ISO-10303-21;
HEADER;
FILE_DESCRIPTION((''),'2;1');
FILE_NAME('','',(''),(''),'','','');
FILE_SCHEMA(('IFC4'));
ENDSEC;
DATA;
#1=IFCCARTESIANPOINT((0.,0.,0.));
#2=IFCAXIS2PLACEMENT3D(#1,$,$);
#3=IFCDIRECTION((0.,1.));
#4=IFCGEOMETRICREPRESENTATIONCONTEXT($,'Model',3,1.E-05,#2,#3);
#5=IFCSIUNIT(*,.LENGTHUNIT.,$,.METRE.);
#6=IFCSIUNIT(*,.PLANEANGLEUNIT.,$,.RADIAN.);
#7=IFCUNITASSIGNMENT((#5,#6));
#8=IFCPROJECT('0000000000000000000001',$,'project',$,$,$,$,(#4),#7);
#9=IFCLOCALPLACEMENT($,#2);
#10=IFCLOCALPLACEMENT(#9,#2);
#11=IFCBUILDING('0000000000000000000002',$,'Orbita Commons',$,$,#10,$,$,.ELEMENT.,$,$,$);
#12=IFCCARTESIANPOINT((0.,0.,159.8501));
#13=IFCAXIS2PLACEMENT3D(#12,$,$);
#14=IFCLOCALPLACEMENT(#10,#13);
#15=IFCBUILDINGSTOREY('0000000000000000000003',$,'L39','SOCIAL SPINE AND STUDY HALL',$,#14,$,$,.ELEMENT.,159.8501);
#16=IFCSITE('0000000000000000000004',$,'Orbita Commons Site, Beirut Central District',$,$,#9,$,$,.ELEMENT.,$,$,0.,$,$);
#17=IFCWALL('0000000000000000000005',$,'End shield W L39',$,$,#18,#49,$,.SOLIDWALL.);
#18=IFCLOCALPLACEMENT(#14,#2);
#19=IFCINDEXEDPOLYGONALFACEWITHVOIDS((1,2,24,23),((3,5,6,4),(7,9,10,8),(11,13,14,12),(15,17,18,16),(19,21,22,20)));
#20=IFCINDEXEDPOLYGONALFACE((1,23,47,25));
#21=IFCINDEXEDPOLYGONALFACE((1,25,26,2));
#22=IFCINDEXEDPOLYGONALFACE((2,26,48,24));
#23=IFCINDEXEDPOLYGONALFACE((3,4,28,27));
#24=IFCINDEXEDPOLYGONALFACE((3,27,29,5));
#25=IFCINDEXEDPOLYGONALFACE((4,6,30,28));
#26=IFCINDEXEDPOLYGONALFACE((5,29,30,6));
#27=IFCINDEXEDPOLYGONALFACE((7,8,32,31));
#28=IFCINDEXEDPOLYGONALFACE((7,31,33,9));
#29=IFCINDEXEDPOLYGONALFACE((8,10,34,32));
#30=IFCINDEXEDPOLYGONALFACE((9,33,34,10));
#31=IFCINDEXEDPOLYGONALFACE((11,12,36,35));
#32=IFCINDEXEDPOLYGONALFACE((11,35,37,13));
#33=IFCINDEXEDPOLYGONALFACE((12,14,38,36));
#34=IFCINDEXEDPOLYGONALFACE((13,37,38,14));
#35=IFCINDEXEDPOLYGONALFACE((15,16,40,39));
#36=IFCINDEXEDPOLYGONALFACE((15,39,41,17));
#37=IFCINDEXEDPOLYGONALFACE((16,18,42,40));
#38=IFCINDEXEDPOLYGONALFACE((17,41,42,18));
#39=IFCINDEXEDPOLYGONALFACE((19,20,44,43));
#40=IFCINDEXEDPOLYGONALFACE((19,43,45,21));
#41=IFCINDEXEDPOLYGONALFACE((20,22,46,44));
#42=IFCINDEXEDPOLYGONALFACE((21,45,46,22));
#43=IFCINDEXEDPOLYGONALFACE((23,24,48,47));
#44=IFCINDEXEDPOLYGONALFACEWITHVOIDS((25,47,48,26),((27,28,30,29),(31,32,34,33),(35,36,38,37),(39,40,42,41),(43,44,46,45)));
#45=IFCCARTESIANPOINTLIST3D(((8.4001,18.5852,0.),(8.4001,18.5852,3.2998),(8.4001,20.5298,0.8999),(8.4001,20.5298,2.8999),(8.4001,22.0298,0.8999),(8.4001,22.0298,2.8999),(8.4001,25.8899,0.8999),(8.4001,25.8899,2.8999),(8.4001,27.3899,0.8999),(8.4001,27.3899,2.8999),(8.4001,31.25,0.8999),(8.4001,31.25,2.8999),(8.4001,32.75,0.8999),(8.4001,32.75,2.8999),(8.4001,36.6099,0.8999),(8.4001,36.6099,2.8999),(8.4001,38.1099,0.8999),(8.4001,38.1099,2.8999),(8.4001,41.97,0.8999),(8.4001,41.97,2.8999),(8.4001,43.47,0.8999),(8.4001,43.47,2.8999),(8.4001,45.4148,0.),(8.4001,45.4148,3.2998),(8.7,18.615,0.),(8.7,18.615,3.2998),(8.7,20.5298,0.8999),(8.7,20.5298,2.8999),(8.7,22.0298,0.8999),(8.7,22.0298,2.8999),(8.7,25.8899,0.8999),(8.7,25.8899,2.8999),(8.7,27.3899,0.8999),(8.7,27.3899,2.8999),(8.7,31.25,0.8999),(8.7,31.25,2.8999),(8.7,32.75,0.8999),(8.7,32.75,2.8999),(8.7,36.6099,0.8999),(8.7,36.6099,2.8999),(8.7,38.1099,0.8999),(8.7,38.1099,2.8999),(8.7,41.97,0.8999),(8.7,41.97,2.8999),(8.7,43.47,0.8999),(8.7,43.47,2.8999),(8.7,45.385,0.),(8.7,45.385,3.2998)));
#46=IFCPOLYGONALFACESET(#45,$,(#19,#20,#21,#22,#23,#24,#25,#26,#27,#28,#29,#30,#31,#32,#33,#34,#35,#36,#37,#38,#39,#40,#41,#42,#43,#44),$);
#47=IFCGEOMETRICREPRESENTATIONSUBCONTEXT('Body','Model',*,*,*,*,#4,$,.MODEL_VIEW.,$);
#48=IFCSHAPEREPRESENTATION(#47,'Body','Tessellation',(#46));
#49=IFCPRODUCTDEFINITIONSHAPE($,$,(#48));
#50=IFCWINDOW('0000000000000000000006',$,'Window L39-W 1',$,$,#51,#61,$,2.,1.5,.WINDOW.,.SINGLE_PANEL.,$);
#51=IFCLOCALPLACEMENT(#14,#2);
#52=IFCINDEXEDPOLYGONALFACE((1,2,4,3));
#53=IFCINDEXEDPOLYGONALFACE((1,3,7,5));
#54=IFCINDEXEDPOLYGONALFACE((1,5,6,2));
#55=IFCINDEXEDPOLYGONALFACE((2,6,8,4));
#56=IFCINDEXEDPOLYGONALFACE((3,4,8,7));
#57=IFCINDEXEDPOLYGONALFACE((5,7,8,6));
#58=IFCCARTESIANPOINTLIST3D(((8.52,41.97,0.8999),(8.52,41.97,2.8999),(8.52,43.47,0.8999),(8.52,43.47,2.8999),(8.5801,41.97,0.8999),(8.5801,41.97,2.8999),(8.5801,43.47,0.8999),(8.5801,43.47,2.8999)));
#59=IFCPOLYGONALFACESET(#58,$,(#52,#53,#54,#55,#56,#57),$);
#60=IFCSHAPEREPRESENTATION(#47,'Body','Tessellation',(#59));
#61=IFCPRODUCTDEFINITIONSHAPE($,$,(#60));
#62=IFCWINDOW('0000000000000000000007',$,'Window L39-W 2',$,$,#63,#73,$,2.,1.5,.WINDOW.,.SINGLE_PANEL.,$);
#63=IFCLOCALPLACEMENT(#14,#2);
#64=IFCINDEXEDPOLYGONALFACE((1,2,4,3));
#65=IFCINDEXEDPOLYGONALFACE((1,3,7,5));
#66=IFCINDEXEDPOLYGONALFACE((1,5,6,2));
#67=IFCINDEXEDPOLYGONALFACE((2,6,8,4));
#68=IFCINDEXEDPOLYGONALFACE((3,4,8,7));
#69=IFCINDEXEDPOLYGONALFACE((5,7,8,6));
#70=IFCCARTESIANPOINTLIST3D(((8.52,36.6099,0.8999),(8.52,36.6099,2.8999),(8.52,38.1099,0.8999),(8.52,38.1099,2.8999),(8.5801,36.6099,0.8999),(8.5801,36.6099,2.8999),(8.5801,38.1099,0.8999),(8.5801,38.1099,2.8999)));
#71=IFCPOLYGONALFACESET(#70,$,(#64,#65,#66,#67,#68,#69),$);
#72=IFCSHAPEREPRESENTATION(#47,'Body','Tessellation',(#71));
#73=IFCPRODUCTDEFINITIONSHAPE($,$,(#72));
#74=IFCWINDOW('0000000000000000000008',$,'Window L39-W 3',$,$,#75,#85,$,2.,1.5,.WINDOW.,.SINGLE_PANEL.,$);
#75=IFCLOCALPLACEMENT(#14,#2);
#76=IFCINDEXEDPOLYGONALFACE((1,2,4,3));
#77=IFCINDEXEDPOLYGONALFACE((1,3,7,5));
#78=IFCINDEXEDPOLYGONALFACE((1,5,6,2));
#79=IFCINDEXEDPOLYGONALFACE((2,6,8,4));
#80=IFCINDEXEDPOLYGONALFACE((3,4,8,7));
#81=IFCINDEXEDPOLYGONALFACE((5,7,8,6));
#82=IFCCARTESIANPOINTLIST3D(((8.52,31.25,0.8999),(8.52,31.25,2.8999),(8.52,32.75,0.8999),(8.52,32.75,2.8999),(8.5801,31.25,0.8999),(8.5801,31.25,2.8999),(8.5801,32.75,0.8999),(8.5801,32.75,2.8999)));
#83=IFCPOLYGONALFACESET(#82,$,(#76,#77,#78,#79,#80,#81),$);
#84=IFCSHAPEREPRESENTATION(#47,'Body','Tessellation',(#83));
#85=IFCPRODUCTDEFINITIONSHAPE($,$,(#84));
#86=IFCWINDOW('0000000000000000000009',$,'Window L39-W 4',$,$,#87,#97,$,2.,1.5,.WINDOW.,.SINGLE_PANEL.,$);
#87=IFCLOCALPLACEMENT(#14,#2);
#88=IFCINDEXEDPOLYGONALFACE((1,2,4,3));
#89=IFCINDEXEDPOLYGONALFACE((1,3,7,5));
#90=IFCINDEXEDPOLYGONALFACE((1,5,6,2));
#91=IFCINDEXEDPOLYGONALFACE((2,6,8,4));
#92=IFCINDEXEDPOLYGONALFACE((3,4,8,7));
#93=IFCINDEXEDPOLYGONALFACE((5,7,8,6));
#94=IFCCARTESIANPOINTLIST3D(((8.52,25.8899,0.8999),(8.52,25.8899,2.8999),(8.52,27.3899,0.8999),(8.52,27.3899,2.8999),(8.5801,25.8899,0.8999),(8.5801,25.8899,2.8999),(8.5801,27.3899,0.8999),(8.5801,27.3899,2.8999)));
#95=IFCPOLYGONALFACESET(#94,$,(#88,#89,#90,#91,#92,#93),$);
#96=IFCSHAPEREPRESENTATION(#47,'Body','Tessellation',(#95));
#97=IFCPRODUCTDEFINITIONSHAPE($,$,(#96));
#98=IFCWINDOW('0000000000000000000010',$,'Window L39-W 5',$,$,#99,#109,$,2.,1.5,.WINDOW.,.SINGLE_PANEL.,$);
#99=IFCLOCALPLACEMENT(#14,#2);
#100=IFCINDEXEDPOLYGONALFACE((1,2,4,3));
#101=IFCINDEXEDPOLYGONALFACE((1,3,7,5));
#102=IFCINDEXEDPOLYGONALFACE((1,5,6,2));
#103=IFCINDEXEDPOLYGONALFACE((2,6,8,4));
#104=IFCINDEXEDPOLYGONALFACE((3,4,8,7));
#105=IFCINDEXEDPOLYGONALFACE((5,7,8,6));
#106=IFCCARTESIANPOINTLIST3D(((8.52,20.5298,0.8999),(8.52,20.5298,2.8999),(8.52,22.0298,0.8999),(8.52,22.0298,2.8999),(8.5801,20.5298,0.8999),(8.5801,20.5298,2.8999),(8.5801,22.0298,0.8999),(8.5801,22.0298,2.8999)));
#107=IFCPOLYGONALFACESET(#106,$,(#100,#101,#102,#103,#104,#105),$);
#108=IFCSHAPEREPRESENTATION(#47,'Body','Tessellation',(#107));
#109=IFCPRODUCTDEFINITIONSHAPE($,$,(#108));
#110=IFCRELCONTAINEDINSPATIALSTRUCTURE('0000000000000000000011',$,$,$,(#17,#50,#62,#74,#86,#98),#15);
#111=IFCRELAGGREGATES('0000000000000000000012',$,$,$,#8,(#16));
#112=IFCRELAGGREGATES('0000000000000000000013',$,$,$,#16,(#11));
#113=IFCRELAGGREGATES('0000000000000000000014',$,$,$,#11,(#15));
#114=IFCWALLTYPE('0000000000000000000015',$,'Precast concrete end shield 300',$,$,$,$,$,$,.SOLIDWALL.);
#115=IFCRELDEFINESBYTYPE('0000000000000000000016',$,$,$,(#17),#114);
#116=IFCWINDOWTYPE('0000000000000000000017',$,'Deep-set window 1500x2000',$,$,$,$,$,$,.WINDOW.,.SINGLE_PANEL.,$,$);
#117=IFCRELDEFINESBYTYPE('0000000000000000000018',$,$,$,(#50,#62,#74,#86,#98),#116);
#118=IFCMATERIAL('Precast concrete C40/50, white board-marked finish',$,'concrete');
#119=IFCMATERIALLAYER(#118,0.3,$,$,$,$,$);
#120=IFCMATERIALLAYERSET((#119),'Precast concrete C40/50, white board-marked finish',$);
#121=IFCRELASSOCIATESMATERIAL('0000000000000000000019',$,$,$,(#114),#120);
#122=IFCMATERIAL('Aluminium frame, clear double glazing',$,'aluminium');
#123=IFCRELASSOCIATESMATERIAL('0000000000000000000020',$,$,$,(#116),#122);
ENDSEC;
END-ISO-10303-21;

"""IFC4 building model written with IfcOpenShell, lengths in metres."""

from ifc_helpers import new_model, si_unit, direction, frame, frame_2d, origin, place, context, subcontext, project, spatial, polyline, rectangle, outline, extrude, material, layer, layer_set, type_object, element, fill, save


model = new_model("IFC4")

# Units and contexts
model_context = context("Model", 3, precision=1e-05, world=origin(), true_north=direction((0.0, 1.0)))
body_context = subcontext(model_context, "Body", "Model", "MODEL_VIEW")
ifc_project = project(units=[si_unit("LENGTHUNIT", "METRE"), si_unit("PLANEANGLEUNIT", "RADIAN")], contexts=[model_context])

# Site, building, storey
site_placement = place(None, origin())
site = spatial("IfcSite", under=ifc_project, at=site_placement, Name="Orbita Commons Site, Beirut Central District", CompositionType="ELEMENT", RefElevation=0.0)
building_placement = place(site_placement, origin())
building = spatial("IfcBuilding", under=site, at=building_placement, Name="Orbita Commons", CompositionType="ELEMENT")
storey_placement = place(building_placement, frame((0.0, 0.0, 159.8501)))
storey = spatial("IfcBuildingStorey", under=building, at=storey_placement, Name="L39", Description="SOCIAL SPINE AND STUDY HALL", CompositionType="ELEMENT", Elevation=159.8501)

# Wall, openings, windows
ifc_material_1 = material(Name="Precast concrete C40/50, white board-marked finish", Category="concrete")
ifc_layer_1 = layer(ifc_material_1, 0.3)
ifc_layer_set_1 = layer_set([ifc_layer_1], Name="Precast concrete C40/50, white board-marked finish")
wall_type_1 = type_object("IfcWallType", Name="Precast concrete end shield 300", PredefinedType="SOLIDWALL", material=ifc_layer_set_1)
wall_1_placement = place(storey_placement, frame((8.55, 45.3999, 0.0), z_axis=(0.0, 0.0, 1.0), x_axis=(0.0, -1.0, 0.0)))
wall_1 = element("IfcWall", 1, at=wall_1_placement, inside=storey, type_object=wall_type_1, Name="End shield W L39", PredefinedType="SOLIDWALL", context=body_context, shape_type="SweptSolid", body=[
    extrude(outline(polyline([(-0.0149, -0.1499), (26.8147, -0.1499), (26.7849, 0.1499), (0.0149, 0.1499), (-0.0149, -0.1499)])), origin(), (0.0, 0.0, 1.0), 3.2998),
])
opening_1_placement = place(wall_1_placement, frame((1.9299, 0.0, 0.8999)))
opening_1 = element("IfcOpeningElement", 2, at=opening_1_placement, cuts=wall_1, PredefinedType="OPENING", context=body_context, shape_type="SweptSolid", body=[
    extrude(rectangle(XDim=1.5, YDim=2.0, at=frame_2d((0.75, 1.0))), frame((0.0, 0.1599, 0.0), z_axis=(0.0, -1.0, 0.0), x_axis=(1.0, 0.0, 0.0)), (0.0, 0.0, 1.0), 0.3201),
])
opening_2_placement = place(wall_1_placement, frame((7.29, 0.0, 0.8999)))
opening_2 = element("IfcOpeningElement", 3, at=opening_2_placement, cuts=wall_1, PredefinedType="OPENING", context=body_context, shape_type="SweptSolid", body=[
    extrude(rectangle(XDim=1.5, YDim=2.0, at=frame_2d((0.75, 1.0))), frame((0.0, 0.1599, 0.0), z_axis=(0.0, -1.0, 0.0), x_axis=(1.0, 0.0, 0.0)), (0.0, 0.0, 1.0), 0.3201),
])
opening_3_placement = place(wall_1_placement, frame((12.6499, 0.0, 0.8999)))
opening_3 = element("IfcOpeningElement", 4, at=opening_3_placement, cuts=wall_1, PredefinedType="OPENING", context=body_context, shape_type="SweptSolid", body=[
    extrude(rectangle(XDim=1.5, YDim=2.0, at=frame_2d((0.75, 1.0))), frame((0.0, 0.1599, 0.0), z_axis=(0.0, -1.0, 0.0), x_axis=(1.0, 0.0, 0.0)), (0.0, 0.0, 1.0), 0.3201),
])
opening_4_placement = place(wall_1_placement, frame((18.01, 0.0, 0.8999)))
opening_4 = element("IfcOpeningElement", 5, at=opening_4_placement, cuts=wall_1, PredefinedType="OPENING", context=body_context, shape_type="SweptSolid", body=[
    extrude(rectangle(XDim=1.5, YDim=2.0, at=frame_2d((0.75, 1.0))), frame((0.0, 0.1599, 0.0), z_axis=(0.0, -1.0, 0.0), x_axis=(1.0, 0.0, 0.0)), (0.0, 0.0, 1.0), 0.3201),
])
opening_5_placement = place(wall_1_placement, frame((23.3701, 0.0, 0.8999)))
opening_5 = element("IfcOpeningElement", 6, at=opening_5_placement, cuts=wall_1, PredefinedType="OPENING", context=body_context, shape_type="SweptSolid", body=[
    extrude(rectangle(XDim=1.5, YDim=2.0, at=frame_2d((0.75, 1.0))), frame((0.0, 0.1599, 0.0), z_axis=(0.0, -1.0, 0.0), x_axis=(1.0, 0.0, 0.0)), (0.0, 0.0, 1.0), 0.3201),
])
ifc_material_2 = material(Name="Aluminium frame, clear double glazing", Category="aluminium")
window_type = type_object("IfcWindowType", Name="Deep-set window 1500x2000", PartitioningType="SINGLE_PANEL", PredefinedType="WINDOW", material=ifc_material_2)
window_1_placement = place(opening_1_placement, origin())
window_1 = element("IfcWindow", 7, at=window_1_placement, inside=storey, type_object=window_type, Name="Window L39-W 1", OverallHeight=2.0, OverallWidth=1.5, PartitioningType="SINGLE_PANEL", PredefinedType="WINDOW", context=body_context, shape_type="SweptSolid", body=[
    extrude(rectangle(XDim=1.5, YDim=2.0, at=frame_2d((0.75, 1.0))), frame((0.0, 0.03, 0.0), z_axis=(0.0, -1.0, 0.0), x_axis=(1.0, 0.0, 0.0)), (0.0, 0.0, 1.0), 0.0601),
])
fill(opening_1, window_1)
window_2_placement = place(opening_2_placement, origin())
window_2 = element("IfcWindow", 8, at=window_2_placement, inside=storey, type_object=window_type, Name="Window L39-W 2", OverallHeight=2.0, OverallWidth=1.5, PartitioningType="SINGLE_PANEL", PredefinedType="WINDOW", context=body_context, shape_type="SweptSolid", body=[
    extrude(rectangle(XDim=1.5, YDim=2.0, at=frame_2d((0.75, 1.0))), frame((0.0, 0.03, 0.0), z_axis=(0.0, -1.0, 0.0), x_axis=(1.0, 0.0, 0.0)), (0.0, 0.0, 1.0), 0.0601),
])
fill(opening_2, window_2)
window_3_placement = place(opening_3_placement, origin())
window_3 = element("IfcWindow", 9, at=window_3_placement, inside=storey, type_object=window_type, Name="Window L39-W 3", OverallHeight=2.0, OverallWidth=1.5, PartitioningType="SINGLE_PANEL", PredefinedType="WINDOW", context=body_context, shape_type="SweptSolid", body=[
    extrude(rectangle(XDim=1.5, YDim=2.0, at=frame_2d((0.75, 1.0))), frame((0.0, 0.03, 0.0), z_axis=(0.0, -1.0, 0.0), x_axis=(1.0, 0.0, 0.0)), (0.0, 0.0, 1.0), 0.0601),
])
fill(opening_3, window_3)
window_4_placement = place(opening_4_placement, origin())
window_4 = element("IfcWindow", 10, at=window_4_placement, inside=storey, type_object=window_type, Name="Window L39-W 4", OverallHeight=2.0, OverallWidth=1.5, PartitioningType="SINGLE_PANEL", PredefinedType="WINDOW", context=body_context, shape_type="SweptSolid", body=[
    extrude(rectangle(XDim=1.5, YDim=2.0, at=frame_2d((0.75, 1.0))), frame((0.0, 0.03, 0.0), z_axis=(0.0, -1.0, 0.0), x_axis=(1.0, 0.0, 0.0)), (0.0, 0.0, 1.0), 0.0601),
])
fill(opening_4, window_4)
window_5_placement = place(opening_5_placement, origin())
window_5 = element("IfcWindow", 11, at=window_5_placement, inside=storey, type_object=window_type, Name="Window L39-W 5", OverallHeight=2.0, OverallWidth=1.5, PartitioningType="SINGLE_PANEL", PredefinedType="WINDOW", context=body_context, shape_type="SweptSolid", body=[
    extrude(rectangle(XDim=1.5, YDim=2.0, at=frame_2d((0.75, 1.0))), frame((0.0, 0.03, 0.0), z_axis=(0.0, -1.0, 0.0), x_axis=(1.0, 0.0, 0.0)), (0.0, 0.0, 1.0), 0.0601),
])
fill(opening_5, window_5)

save(model, "model.ifc")
